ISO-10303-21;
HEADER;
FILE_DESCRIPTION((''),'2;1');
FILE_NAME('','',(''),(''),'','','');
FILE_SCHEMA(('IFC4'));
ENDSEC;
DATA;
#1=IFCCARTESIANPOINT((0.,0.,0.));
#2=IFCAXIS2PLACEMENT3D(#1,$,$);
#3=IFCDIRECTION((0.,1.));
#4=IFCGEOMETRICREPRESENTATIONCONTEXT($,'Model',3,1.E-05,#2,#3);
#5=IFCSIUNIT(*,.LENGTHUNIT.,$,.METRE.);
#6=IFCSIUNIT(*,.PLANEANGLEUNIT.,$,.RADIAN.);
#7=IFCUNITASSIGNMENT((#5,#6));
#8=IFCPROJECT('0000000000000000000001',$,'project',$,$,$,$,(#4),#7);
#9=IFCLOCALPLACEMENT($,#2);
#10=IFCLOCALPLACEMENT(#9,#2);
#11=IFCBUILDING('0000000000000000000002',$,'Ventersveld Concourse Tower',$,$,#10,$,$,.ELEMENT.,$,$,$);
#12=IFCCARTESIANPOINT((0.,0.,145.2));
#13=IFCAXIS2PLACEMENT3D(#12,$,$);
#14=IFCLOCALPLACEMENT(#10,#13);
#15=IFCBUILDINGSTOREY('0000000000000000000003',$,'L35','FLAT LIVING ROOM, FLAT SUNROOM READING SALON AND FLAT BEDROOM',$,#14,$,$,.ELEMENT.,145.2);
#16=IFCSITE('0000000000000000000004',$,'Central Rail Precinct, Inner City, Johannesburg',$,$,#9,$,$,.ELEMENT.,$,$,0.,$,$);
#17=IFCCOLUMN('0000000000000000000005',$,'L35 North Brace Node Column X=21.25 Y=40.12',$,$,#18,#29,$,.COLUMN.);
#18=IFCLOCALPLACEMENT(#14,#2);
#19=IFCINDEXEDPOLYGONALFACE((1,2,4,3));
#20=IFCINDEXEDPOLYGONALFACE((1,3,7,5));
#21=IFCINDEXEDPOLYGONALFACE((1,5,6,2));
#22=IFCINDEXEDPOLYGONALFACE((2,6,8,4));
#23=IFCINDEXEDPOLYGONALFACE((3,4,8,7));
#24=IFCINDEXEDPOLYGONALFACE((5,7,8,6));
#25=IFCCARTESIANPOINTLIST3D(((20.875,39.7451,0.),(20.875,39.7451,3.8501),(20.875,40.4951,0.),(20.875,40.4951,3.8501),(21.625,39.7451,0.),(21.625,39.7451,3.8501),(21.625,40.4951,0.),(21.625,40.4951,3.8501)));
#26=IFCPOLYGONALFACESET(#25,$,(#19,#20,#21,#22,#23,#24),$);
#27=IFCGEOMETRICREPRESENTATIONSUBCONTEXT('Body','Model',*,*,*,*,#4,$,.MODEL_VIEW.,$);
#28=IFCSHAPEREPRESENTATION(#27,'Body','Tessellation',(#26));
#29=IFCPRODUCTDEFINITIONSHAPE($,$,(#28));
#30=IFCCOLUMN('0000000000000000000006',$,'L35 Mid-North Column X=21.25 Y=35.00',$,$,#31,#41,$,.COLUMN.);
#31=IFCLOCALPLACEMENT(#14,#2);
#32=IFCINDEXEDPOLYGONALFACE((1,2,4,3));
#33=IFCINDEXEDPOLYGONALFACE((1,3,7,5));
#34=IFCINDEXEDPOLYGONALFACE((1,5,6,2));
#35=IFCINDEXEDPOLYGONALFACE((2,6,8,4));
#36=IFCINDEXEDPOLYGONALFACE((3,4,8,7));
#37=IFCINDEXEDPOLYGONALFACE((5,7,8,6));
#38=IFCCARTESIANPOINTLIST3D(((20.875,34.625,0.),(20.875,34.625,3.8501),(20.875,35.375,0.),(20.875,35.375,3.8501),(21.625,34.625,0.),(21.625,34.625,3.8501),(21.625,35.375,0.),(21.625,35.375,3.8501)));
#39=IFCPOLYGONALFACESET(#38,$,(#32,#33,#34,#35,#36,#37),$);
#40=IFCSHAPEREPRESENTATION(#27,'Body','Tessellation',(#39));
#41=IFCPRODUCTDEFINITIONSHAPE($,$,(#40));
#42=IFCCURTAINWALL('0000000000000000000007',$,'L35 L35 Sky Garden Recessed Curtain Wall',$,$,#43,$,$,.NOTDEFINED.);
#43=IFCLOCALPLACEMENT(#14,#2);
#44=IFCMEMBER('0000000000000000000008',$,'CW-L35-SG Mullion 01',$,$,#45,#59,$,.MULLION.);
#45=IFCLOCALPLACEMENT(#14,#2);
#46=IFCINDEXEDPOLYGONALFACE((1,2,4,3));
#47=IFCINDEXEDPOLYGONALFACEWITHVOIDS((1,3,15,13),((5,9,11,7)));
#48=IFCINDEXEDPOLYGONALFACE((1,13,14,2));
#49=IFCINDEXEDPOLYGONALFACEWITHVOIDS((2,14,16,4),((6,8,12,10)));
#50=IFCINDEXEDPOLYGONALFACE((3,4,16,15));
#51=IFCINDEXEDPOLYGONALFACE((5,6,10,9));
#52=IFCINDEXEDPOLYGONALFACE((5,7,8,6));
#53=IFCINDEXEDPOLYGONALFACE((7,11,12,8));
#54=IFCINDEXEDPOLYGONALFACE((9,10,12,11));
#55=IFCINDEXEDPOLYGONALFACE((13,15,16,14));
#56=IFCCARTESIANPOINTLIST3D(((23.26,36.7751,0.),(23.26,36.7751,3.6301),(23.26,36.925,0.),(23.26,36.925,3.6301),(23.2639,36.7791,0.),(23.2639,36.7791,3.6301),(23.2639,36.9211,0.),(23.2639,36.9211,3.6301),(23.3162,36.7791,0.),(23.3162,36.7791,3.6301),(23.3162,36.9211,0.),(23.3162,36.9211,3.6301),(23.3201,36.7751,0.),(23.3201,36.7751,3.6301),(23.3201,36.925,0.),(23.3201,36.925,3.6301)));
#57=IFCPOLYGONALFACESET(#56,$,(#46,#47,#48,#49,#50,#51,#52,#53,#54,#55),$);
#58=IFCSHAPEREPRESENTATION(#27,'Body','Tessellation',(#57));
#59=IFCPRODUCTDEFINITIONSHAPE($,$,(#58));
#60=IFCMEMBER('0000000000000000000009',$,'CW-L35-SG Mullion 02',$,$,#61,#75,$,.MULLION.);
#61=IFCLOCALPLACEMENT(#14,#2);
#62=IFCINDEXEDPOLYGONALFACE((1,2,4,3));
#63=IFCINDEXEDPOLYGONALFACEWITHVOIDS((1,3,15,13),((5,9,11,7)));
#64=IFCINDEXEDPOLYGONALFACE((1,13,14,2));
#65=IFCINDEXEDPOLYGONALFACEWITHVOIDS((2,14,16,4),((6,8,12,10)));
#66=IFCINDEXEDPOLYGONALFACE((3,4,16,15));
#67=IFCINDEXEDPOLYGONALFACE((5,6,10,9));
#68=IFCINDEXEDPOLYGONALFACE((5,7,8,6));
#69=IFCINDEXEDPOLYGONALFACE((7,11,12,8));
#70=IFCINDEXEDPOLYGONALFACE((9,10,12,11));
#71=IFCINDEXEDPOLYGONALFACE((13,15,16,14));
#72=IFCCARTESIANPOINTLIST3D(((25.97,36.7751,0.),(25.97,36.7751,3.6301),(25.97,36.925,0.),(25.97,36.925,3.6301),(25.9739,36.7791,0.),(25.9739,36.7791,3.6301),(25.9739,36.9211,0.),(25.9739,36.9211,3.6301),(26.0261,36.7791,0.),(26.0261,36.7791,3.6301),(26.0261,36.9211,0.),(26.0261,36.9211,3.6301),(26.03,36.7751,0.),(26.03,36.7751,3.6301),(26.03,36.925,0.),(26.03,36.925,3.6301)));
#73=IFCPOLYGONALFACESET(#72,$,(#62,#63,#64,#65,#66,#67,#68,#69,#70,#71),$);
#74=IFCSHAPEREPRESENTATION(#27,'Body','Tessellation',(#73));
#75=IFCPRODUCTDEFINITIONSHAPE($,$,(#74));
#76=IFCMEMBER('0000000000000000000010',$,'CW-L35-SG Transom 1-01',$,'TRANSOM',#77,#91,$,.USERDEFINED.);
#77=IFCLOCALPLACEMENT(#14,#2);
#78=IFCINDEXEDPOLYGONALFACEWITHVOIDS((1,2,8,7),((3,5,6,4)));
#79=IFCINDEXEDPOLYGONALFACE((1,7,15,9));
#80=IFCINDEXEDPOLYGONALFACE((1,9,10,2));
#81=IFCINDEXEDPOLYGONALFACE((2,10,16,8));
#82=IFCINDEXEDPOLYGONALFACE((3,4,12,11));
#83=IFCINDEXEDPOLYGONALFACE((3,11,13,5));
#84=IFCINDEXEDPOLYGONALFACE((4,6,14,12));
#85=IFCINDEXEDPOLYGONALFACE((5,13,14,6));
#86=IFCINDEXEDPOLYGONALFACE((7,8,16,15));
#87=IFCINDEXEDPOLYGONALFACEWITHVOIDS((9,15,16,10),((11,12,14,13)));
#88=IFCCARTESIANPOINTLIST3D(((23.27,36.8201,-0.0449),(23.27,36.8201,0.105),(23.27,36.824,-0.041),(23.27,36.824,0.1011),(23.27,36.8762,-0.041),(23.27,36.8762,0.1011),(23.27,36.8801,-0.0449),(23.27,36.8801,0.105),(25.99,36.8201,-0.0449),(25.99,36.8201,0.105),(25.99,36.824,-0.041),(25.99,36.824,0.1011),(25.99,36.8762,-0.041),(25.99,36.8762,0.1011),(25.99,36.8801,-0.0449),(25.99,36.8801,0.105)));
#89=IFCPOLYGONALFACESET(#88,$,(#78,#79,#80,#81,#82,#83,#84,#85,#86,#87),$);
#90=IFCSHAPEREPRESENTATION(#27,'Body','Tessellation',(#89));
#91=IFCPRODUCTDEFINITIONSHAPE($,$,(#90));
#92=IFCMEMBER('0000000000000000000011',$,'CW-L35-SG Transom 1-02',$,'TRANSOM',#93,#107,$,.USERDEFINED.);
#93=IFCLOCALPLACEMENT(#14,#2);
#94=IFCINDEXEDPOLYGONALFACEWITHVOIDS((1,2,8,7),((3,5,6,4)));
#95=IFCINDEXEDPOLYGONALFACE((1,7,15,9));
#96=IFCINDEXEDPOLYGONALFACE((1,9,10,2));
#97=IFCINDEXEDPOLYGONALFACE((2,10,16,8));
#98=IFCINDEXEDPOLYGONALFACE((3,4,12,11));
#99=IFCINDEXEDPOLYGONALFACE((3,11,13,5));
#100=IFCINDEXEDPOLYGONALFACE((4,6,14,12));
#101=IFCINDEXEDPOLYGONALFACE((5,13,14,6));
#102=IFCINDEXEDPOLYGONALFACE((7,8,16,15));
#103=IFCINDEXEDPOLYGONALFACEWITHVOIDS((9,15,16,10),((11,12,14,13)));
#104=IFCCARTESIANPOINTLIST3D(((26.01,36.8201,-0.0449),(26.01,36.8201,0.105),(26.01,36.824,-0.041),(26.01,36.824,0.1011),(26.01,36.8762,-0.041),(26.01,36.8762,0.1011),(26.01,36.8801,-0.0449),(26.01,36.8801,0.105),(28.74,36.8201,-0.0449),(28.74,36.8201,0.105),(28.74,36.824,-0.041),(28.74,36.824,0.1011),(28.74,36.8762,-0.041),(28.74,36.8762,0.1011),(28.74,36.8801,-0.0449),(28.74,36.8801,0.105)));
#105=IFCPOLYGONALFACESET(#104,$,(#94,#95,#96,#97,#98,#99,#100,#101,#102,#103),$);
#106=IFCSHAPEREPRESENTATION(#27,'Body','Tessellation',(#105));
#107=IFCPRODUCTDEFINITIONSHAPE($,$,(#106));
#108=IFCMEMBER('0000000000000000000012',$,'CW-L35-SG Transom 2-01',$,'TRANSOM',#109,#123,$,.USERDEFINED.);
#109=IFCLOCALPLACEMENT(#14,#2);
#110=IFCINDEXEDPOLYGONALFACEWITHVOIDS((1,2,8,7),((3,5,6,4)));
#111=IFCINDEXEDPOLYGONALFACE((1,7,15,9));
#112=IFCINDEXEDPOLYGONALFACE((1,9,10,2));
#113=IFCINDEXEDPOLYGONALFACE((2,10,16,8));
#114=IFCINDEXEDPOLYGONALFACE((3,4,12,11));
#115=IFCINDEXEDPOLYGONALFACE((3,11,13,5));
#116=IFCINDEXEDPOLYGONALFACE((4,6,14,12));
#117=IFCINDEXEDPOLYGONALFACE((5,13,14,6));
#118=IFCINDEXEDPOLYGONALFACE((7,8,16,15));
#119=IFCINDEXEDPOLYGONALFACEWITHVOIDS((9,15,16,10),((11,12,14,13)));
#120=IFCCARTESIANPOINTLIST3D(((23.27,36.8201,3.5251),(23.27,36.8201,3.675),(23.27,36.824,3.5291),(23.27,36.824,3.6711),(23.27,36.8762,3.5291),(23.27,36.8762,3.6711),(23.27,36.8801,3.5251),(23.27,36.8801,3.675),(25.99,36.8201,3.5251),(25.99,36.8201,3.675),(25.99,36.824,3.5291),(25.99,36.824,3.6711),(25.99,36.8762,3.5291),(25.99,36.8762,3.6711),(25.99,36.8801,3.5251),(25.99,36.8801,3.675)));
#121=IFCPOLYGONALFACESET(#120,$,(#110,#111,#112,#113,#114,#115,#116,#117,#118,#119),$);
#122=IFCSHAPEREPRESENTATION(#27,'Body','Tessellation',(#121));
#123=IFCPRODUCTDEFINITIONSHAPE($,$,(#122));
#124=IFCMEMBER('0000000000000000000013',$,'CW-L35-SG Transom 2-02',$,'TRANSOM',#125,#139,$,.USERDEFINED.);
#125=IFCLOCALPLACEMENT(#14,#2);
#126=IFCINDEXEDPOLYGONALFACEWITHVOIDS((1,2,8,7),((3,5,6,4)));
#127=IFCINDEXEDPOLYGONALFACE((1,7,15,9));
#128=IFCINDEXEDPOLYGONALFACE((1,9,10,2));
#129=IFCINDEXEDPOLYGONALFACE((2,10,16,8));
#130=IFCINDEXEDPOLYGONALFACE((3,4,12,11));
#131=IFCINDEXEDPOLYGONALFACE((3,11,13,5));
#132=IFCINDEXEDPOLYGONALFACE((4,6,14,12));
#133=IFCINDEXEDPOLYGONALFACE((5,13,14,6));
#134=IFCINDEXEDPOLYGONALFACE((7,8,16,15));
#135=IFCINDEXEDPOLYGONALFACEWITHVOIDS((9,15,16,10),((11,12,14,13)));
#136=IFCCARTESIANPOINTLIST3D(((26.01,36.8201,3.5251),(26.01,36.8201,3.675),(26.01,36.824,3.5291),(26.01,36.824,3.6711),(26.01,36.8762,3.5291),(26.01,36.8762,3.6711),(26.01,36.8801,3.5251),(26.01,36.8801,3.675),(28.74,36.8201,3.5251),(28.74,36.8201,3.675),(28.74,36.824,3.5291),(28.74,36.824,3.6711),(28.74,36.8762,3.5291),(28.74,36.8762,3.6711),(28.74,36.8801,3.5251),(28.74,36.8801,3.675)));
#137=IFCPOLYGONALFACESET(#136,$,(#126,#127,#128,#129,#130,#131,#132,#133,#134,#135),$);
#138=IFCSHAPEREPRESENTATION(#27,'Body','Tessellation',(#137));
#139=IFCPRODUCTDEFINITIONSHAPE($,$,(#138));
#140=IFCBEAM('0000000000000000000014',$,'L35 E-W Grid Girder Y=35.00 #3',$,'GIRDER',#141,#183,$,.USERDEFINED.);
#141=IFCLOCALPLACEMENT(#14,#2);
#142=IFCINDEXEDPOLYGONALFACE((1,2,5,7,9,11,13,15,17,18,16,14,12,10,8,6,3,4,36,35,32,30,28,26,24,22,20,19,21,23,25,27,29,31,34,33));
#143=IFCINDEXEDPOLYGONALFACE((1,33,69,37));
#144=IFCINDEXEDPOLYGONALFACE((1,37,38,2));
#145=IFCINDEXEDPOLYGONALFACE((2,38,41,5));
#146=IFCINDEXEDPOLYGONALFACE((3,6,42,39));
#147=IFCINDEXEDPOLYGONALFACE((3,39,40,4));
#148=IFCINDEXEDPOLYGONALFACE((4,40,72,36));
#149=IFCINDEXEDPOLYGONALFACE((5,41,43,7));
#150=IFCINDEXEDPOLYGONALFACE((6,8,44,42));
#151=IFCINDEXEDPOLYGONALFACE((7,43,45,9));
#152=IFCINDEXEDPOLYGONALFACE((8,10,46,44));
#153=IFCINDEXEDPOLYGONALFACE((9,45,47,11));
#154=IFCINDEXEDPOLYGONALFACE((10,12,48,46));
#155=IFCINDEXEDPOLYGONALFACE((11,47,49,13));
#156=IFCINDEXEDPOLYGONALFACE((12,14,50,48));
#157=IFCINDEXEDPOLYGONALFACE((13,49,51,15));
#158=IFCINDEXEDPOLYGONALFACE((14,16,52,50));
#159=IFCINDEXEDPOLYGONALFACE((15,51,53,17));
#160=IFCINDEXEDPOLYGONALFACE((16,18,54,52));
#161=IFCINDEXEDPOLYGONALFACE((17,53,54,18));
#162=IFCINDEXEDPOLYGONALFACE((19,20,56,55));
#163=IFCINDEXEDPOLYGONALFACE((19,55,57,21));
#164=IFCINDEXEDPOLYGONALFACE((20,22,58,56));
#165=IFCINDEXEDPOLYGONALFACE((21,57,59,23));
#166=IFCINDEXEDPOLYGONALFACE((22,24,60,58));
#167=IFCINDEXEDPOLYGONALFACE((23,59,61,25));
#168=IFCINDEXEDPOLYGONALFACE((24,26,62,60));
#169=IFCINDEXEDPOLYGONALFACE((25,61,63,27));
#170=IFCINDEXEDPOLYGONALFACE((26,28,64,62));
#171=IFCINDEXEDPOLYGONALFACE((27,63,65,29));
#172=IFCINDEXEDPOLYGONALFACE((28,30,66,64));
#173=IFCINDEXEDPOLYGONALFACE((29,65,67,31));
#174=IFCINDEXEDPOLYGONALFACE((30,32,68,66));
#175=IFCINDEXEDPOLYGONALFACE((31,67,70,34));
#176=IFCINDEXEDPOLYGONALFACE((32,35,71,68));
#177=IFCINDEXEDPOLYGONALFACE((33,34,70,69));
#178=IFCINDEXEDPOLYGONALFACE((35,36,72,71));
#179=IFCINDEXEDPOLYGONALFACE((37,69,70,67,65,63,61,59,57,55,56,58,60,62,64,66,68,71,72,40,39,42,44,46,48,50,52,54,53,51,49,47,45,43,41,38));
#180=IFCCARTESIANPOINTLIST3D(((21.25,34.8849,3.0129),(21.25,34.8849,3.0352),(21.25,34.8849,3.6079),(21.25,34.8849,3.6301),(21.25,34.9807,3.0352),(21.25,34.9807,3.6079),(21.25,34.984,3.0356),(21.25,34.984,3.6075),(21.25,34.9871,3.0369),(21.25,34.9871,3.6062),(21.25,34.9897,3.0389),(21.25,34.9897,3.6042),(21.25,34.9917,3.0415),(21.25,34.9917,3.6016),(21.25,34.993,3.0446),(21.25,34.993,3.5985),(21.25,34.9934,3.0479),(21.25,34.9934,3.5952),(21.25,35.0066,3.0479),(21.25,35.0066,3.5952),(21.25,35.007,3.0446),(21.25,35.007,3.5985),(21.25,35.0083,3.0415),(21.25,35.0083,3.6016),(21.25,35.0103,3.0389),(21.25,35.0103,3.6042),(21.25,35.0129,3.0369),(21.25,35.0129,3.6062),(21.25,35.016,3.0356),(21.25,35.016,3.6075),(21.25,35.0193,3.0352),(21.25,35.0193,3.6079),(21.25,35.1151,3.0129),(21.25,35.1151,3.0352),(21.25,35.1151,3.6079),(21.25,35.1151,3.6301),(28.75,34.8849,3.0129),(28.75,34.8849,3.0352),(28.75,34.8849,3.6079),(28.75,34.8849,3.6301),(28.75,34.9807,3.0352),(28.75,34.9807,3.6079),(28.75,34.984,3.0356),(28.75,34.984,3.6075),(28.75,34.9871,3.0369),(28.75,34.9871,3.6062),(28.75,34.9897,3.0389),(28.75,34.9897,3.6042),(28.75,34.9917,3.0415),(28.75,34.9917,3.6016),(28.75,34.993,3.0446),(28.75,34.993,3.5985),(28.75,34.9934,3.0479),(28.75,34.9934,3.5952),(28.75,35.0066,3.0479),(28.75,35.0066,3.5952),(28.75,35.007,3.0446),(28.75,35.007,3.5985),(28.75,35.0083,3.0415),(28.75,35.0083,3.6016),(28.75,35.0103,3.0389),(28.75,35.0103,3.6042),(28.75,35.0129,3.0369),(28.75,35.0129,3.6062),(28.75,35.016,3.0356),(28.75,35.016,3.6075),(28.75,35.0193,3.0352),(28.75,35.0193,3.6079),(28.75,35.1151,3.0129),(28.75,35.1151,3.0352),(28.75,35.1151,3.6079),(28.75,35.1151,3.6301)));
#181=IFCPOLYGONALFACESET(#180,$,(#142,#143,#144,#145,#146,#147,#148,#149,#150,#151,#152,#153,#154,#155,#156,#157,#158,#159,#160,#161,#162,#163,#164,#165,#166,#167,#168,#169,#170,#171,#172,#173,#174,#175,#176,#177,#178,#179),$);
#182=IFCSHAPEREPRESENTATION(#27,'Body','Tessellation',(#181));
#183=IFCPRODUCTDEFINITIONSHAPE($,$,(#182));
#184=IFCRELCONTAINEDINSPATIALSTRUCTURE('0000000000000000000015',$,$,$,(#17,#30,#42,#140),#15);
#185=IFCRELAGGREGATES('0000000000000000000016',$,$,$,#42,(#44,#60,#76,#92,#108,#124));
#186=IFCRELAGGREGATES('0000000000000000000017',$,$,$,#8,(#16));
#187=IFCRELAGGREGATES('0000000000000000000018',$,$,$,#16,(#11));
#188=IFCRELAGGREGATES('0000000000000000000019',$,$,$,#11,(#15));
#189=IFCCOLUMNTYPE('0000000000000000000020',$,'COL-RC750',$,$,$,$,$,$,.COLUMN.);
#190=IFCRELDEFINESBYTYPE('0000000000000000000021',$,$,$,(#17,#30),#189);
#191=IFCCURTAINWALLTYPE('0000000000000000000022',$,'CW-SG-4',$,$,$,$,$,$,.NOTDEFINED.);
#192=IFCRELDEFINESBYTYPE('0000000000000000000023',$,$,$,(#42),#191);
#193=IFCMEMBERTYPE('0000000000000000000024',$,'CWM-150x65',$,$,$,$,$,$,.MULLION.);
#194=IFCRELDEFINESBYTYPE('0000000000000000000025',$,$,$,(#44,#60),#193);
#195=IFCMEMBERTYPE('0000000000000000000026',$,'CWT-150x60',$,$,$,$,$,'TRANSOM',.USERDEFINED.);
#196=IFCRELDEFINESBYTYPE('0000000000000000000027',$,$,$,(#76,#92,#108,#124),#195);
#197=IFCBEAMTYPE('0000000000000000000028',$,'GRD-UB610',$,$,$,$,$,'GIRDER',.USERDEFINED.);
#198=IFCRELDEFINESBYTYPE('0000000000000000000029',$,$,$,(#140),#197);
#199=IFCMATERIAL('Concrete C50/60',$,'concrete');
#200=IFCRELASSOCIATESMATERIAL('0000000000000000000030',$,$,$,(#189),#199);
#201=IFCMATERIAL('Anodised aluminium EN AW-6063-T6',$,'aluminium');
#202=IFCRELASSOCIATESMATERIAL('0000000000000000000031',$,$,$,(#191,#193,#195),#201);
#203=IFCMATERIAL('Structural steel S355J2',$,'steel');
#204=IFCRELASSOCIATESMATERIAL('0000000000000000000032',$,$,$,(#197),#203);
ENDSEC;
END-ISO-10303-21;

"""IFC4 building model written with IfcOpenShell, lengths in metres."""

from ifc_helpers import new_model, si_unit, direction, frame, origin, origin_2d, place, context, subcontext, project, spatial, rectangle, hollow_rectangle, i_section, extrude, material, material_profile, profile_set, type_object, element, aggregate, save


model = new_model("IFC4")

# Units and contexts
model_context = context("Model", 3, precision=1e-05, world=origin(), true_north=direction((0.0, 1.0)))
body_context = subcontext(model_context, "Body", "Model", "MODEL_VIEW")
ifc_project = project(units=[si_unit("LENGTHUNIT", "METRE"), si_unit("PLANEANGLEUNIT", "RADIAN")], contexts=[model_context])

# Site, building, storey
site_placement = place(None, origin())
site = spatial("IfcSite", under=ifc_project, at=site_placement, Name="Central Rail Precinct, Inner City, Johannesburg", CompositionType="ELEMENT", RefElevation=0.0)
building_placement = place(site_placement, origin())
building = spatial("IfcBuilding", under=site, at=building_placement, Name="Ventersveld Concourse Tower", CompositionType="ELEMENT")
storey_placement = place(building_placement, frame((0.0, 0.0, 145.2)))
storey = spatial("IfcBuildingStorey", under=building, at=storey_placement, Name="L35", Description="FLAT LIVING ROOM, FLAT SUNROOM READING SALON AND FLAT BEDROOM", CompositionType="ELEMENT", Elevation=145.2)

# Columns
ifc_material_1 = material(Name="Concrete C50/60", Category="concrete")
ifc_material_profile_1 = material_profile(ifc_material_1, rectangle(XDim=0.75, YDim=0.75, at=origin_2d()), Name="RC 750x750")
ifc_profile_set_1 = profile_set([ifc_material_profile_1], Name="Concrete C50/60")
column_type = type_object("IfcColumnType", Name="COL-RC750", PredefinedType="COLUMN", material=ifc_profile_set_1)
for number, where, z_axis, x_axis, name in (
    (1, (21.25, 40.1201, 0.0), (0.0, 0.0, 1.0), (1.0, 0.0, 0.0), "L35 North Brace Node Column X=21.25 Y=40.12"),
    (2, (21.25, 35.0, 0.0), (0.0, 0.0, 1.0), (1.0, 0.0, 0.0), "L35 Mid-North Column X=21.25 Y=35.00"),
):
    element("IfcColumn", number, at=place(storey_placement, frame(where, z_axis=z_axis, x_axis=x_axis)), inside=storey, type_object=column_type, Name=name, PredefinedType="COLUMN", context=body_context, shape_type="SweptSolid", body=[
        extrude(rectangle(XDim=0.75, YDim=0.75, at=origin_2d()), origin(), (0.0, 0.0, 1.0), 3.8501),
    ])

# Curtain wall, members
ifc_material_2 = material(Name="Anodised aluminium EN AW-6063-T6", Category="aluminium")
curtain_wall_type = type_object("IfcCurtainWallType", Name="CW-SG-4", PredefinedType="NOTDEFINED", material=ifc_material_2)
curtain_wall_placement = place(storey_placement, origin())
curtain_wall = element("IfcCurtainWall", 3, at=curtain_wall_placement, inside=storey, type_object=curtain_wall_type, Name="L35 L35 Sky Garden Recessed Curtain Wall", PredefinedType="NOTDEFINED")
ifc_material_profile_2 = material_profile(ifc_material_2, hollow_rectangle(XDim=0.0601, YDim=0.1499, WallThickness=0.0039, at=origin_2d()), Name="ALU 150x60x4")
ifc_profile_set_2 = profile_set([ifc_material_profile_2], Name="Anodised aluminium EN AW-6063-T6")
member_type_1 = type_object("IfcMemberType", Name="CWM-150x65", PredefinedType="MULLION", material=ifc_profile_set_2)
member_1_placement = place(storey_placement, frame((23.29, 36.8501, 0.0), z_axis=(0.0, 0.0, 1.0), x_axis=(1.0, 0.0, 0.0)))
member_1 = element("IfcMember", 4, at=member_1_placement, type_object=member_type_1, Name="CW-L35-SG Mullion 01", PredefinedType="MULLION", context=body_context, shape_type="SweptSolid", body=[
    extrude(hollow_rectangle(XDim=0.0601, YDim=0.1499, WallThickness=0.0039, at=origin_2d()), origin(), (0.0, 0.0, 1.0), 3.6301),
])
member_2_placement = place(storey_placement, frame((26.0, 36.8501, 0.0), z_axis=(0.0, 0.0, 1.0), x_axis=(1.0, 0.0, 0.0)))
member_2 = element("IfcMember", 5, at=member_2_placement, type_object=member_type_1, Name="CW-L35-SG Mullion 02", PredefinedType="MULLION", context=body_context, shape_type="SweptSolid", body=[
    extrude(hollow_rectangle(XDim=0.0601, YDim=0.1499, WallThickness=0.0039, at=origin_2d()), origin(), (0.0, 0.0, 1.0), 3.6301),
])
ifc_material_profile_3 = material_profile(ifc_material_2, hollow_rectangle(XDim=0.0601, YDim=0.1499, WallThickness=0.0039, at=origin_2d()), Name="ALU 150x60x4")
ifc_profile_set_3 = profile_set([ifc_material_profile_3], Name="Anodised aluminium EN AW-6063-T6")
member_type_2 = type_object("IfcMemberType", Name="CWT-150x60", ElementType="TRANSOM", PredefinedType="USERDEFINED", material=ifc_profile_set_3)
member_3_placement = place(storey_placement, frame((23.27, 36.8501, 0.03), z_axis=(1.0, 0.0, 0.0), x_axis=(0.0, 1.0, 0.0)))
member_3 = element("IfcMember", 6, at=member_3_placement, type_object=member_type_2, Name="CW-L35-SG Transom 1-01", ObjectType="TRANSOM", PredefinedType="USERDEFINED", context=body_context, shape_type="SweptSolid", body=[
    extrude(hollow_rectangle(XDim=0.0601, YDim=0.1499, WallThickness=0.0039, at=origin_2d()), origin(), (0.0, 0.0, 1.0), 2.72),
])
member_4_placement = place(storey_placement, frame((26.01, 36.8501, 0.03), z_axis=(1.0, 0.0, 0.0), x_axis=(0.0, 1.0, 0.0)))
member_4 = element("IfcMember", 7, at=member_4_placement, type_object=member_type_2, Name="CW-L35-SG Transom 1-02", ObjectType="TRANSOM", PredefinedType="USERDEFINED", context=body_context, shape_type="SweptSolid", body=[
    extrude(hollow_rectangle(XDim=0.0601, YDim=0.1499, WallThickness=0.0039, at=origin_2d()), origin(), (0.0, 0.0, 1.0), 2.73),
])
member_5_placement = place(storey_placement, frame((23.27, 36.8501, 3.6001), z_axis=(1.0, 0.0, 0.0), x_axis=(0.0, 1.0, 0.0)))
member_5 = element("IfcMember", 8, at=member_5_placement, type_object=member_type_2, Name="CW-L35-SG Transom 2-01", ObjectType="TRANSOM", PredefinedType="USERDEFINED", context=body_context, shape_type="SweptSolid", body=[
    extrude(hollow_rectangle(XDim=0.0601, YDim=0.1499, WallThickness=0.0039, at=origin_2d()), origin(), (0.0, 0.0, 1.0), 2.72),
])
member_6_placement = place(storey_placement, frame((26.01, 36.8501, 3.6001), z_axis=(1.0, 0.0, 0.0), x_axis=(0.0, 1.0, 0.0)))
member_6 = element("IfcMember", 9, at=member_6_placement, type_object=member_type_2, Name="CW-L35-SG Transom 2-02", ObjectType="TRANSOM", PredefinedType="USERDEFINED", context=body_context, shape_type="SweptSolid", body=[
    extrude(hollow_rectangle(XDim=0.0601, YDim=0.1499, WallThickness=0.0039, at=origin_2d()), origin(), (0.0, 0.0, 1.0), 2.73),
])

# Beam
ifc_material_3 = material(Name="Structural steel S355J2", Category="steel")
ifc_material_profile_4 = material_profile(ifc_material_3, i_section(OverallWidth=0.2302, OverallDepth=0.6172, WebThickness=0.0132, FlangeThickness=0.0222, FilletRadius=0.0127, at=origin_2d()), Name="UB 610x229x140")
ifc_profile_set_4 = profile_set([ifc_material_profile_4], Name="Structural steel S355J2")
beam_type = type_object("IfcBeamType", Name="GRD-UB610", ElementType="GIRDER", PredefinedType="USERDEFINED", material=ifc_profile_set_4)
beam_placement = place(storey_placement, frame((21.25, 35.0, 3.3215), z_axis=(1.0, 0.0, 0.0), x_axis=(0.0, 1.0, 0.0)))
element("IfcBeam", 10, at=beam_placement, inside=storey, type_object=beam_type, Name="L35 E-W Grid Girder Y=35.00 #3", ObjectType="GIRDER", PredefinedType="USERDEFINED", context=body_context, shape_type="SweptSolid", body=[
    extrude(i_section(OverallWidth=0.2302, OverallDepth=0.6172, WebThickness=0.0132, FlangeThickness=0.0222, FilletRadius=0.0127, at=origin_2d()), origin(), (0.0, 0.0, 1.0), 7.5),
])

aggregate(curtain_wall, [member_1, member_2, member_3, member_4, member_5, member_6])

save(model, "model.ifc")
